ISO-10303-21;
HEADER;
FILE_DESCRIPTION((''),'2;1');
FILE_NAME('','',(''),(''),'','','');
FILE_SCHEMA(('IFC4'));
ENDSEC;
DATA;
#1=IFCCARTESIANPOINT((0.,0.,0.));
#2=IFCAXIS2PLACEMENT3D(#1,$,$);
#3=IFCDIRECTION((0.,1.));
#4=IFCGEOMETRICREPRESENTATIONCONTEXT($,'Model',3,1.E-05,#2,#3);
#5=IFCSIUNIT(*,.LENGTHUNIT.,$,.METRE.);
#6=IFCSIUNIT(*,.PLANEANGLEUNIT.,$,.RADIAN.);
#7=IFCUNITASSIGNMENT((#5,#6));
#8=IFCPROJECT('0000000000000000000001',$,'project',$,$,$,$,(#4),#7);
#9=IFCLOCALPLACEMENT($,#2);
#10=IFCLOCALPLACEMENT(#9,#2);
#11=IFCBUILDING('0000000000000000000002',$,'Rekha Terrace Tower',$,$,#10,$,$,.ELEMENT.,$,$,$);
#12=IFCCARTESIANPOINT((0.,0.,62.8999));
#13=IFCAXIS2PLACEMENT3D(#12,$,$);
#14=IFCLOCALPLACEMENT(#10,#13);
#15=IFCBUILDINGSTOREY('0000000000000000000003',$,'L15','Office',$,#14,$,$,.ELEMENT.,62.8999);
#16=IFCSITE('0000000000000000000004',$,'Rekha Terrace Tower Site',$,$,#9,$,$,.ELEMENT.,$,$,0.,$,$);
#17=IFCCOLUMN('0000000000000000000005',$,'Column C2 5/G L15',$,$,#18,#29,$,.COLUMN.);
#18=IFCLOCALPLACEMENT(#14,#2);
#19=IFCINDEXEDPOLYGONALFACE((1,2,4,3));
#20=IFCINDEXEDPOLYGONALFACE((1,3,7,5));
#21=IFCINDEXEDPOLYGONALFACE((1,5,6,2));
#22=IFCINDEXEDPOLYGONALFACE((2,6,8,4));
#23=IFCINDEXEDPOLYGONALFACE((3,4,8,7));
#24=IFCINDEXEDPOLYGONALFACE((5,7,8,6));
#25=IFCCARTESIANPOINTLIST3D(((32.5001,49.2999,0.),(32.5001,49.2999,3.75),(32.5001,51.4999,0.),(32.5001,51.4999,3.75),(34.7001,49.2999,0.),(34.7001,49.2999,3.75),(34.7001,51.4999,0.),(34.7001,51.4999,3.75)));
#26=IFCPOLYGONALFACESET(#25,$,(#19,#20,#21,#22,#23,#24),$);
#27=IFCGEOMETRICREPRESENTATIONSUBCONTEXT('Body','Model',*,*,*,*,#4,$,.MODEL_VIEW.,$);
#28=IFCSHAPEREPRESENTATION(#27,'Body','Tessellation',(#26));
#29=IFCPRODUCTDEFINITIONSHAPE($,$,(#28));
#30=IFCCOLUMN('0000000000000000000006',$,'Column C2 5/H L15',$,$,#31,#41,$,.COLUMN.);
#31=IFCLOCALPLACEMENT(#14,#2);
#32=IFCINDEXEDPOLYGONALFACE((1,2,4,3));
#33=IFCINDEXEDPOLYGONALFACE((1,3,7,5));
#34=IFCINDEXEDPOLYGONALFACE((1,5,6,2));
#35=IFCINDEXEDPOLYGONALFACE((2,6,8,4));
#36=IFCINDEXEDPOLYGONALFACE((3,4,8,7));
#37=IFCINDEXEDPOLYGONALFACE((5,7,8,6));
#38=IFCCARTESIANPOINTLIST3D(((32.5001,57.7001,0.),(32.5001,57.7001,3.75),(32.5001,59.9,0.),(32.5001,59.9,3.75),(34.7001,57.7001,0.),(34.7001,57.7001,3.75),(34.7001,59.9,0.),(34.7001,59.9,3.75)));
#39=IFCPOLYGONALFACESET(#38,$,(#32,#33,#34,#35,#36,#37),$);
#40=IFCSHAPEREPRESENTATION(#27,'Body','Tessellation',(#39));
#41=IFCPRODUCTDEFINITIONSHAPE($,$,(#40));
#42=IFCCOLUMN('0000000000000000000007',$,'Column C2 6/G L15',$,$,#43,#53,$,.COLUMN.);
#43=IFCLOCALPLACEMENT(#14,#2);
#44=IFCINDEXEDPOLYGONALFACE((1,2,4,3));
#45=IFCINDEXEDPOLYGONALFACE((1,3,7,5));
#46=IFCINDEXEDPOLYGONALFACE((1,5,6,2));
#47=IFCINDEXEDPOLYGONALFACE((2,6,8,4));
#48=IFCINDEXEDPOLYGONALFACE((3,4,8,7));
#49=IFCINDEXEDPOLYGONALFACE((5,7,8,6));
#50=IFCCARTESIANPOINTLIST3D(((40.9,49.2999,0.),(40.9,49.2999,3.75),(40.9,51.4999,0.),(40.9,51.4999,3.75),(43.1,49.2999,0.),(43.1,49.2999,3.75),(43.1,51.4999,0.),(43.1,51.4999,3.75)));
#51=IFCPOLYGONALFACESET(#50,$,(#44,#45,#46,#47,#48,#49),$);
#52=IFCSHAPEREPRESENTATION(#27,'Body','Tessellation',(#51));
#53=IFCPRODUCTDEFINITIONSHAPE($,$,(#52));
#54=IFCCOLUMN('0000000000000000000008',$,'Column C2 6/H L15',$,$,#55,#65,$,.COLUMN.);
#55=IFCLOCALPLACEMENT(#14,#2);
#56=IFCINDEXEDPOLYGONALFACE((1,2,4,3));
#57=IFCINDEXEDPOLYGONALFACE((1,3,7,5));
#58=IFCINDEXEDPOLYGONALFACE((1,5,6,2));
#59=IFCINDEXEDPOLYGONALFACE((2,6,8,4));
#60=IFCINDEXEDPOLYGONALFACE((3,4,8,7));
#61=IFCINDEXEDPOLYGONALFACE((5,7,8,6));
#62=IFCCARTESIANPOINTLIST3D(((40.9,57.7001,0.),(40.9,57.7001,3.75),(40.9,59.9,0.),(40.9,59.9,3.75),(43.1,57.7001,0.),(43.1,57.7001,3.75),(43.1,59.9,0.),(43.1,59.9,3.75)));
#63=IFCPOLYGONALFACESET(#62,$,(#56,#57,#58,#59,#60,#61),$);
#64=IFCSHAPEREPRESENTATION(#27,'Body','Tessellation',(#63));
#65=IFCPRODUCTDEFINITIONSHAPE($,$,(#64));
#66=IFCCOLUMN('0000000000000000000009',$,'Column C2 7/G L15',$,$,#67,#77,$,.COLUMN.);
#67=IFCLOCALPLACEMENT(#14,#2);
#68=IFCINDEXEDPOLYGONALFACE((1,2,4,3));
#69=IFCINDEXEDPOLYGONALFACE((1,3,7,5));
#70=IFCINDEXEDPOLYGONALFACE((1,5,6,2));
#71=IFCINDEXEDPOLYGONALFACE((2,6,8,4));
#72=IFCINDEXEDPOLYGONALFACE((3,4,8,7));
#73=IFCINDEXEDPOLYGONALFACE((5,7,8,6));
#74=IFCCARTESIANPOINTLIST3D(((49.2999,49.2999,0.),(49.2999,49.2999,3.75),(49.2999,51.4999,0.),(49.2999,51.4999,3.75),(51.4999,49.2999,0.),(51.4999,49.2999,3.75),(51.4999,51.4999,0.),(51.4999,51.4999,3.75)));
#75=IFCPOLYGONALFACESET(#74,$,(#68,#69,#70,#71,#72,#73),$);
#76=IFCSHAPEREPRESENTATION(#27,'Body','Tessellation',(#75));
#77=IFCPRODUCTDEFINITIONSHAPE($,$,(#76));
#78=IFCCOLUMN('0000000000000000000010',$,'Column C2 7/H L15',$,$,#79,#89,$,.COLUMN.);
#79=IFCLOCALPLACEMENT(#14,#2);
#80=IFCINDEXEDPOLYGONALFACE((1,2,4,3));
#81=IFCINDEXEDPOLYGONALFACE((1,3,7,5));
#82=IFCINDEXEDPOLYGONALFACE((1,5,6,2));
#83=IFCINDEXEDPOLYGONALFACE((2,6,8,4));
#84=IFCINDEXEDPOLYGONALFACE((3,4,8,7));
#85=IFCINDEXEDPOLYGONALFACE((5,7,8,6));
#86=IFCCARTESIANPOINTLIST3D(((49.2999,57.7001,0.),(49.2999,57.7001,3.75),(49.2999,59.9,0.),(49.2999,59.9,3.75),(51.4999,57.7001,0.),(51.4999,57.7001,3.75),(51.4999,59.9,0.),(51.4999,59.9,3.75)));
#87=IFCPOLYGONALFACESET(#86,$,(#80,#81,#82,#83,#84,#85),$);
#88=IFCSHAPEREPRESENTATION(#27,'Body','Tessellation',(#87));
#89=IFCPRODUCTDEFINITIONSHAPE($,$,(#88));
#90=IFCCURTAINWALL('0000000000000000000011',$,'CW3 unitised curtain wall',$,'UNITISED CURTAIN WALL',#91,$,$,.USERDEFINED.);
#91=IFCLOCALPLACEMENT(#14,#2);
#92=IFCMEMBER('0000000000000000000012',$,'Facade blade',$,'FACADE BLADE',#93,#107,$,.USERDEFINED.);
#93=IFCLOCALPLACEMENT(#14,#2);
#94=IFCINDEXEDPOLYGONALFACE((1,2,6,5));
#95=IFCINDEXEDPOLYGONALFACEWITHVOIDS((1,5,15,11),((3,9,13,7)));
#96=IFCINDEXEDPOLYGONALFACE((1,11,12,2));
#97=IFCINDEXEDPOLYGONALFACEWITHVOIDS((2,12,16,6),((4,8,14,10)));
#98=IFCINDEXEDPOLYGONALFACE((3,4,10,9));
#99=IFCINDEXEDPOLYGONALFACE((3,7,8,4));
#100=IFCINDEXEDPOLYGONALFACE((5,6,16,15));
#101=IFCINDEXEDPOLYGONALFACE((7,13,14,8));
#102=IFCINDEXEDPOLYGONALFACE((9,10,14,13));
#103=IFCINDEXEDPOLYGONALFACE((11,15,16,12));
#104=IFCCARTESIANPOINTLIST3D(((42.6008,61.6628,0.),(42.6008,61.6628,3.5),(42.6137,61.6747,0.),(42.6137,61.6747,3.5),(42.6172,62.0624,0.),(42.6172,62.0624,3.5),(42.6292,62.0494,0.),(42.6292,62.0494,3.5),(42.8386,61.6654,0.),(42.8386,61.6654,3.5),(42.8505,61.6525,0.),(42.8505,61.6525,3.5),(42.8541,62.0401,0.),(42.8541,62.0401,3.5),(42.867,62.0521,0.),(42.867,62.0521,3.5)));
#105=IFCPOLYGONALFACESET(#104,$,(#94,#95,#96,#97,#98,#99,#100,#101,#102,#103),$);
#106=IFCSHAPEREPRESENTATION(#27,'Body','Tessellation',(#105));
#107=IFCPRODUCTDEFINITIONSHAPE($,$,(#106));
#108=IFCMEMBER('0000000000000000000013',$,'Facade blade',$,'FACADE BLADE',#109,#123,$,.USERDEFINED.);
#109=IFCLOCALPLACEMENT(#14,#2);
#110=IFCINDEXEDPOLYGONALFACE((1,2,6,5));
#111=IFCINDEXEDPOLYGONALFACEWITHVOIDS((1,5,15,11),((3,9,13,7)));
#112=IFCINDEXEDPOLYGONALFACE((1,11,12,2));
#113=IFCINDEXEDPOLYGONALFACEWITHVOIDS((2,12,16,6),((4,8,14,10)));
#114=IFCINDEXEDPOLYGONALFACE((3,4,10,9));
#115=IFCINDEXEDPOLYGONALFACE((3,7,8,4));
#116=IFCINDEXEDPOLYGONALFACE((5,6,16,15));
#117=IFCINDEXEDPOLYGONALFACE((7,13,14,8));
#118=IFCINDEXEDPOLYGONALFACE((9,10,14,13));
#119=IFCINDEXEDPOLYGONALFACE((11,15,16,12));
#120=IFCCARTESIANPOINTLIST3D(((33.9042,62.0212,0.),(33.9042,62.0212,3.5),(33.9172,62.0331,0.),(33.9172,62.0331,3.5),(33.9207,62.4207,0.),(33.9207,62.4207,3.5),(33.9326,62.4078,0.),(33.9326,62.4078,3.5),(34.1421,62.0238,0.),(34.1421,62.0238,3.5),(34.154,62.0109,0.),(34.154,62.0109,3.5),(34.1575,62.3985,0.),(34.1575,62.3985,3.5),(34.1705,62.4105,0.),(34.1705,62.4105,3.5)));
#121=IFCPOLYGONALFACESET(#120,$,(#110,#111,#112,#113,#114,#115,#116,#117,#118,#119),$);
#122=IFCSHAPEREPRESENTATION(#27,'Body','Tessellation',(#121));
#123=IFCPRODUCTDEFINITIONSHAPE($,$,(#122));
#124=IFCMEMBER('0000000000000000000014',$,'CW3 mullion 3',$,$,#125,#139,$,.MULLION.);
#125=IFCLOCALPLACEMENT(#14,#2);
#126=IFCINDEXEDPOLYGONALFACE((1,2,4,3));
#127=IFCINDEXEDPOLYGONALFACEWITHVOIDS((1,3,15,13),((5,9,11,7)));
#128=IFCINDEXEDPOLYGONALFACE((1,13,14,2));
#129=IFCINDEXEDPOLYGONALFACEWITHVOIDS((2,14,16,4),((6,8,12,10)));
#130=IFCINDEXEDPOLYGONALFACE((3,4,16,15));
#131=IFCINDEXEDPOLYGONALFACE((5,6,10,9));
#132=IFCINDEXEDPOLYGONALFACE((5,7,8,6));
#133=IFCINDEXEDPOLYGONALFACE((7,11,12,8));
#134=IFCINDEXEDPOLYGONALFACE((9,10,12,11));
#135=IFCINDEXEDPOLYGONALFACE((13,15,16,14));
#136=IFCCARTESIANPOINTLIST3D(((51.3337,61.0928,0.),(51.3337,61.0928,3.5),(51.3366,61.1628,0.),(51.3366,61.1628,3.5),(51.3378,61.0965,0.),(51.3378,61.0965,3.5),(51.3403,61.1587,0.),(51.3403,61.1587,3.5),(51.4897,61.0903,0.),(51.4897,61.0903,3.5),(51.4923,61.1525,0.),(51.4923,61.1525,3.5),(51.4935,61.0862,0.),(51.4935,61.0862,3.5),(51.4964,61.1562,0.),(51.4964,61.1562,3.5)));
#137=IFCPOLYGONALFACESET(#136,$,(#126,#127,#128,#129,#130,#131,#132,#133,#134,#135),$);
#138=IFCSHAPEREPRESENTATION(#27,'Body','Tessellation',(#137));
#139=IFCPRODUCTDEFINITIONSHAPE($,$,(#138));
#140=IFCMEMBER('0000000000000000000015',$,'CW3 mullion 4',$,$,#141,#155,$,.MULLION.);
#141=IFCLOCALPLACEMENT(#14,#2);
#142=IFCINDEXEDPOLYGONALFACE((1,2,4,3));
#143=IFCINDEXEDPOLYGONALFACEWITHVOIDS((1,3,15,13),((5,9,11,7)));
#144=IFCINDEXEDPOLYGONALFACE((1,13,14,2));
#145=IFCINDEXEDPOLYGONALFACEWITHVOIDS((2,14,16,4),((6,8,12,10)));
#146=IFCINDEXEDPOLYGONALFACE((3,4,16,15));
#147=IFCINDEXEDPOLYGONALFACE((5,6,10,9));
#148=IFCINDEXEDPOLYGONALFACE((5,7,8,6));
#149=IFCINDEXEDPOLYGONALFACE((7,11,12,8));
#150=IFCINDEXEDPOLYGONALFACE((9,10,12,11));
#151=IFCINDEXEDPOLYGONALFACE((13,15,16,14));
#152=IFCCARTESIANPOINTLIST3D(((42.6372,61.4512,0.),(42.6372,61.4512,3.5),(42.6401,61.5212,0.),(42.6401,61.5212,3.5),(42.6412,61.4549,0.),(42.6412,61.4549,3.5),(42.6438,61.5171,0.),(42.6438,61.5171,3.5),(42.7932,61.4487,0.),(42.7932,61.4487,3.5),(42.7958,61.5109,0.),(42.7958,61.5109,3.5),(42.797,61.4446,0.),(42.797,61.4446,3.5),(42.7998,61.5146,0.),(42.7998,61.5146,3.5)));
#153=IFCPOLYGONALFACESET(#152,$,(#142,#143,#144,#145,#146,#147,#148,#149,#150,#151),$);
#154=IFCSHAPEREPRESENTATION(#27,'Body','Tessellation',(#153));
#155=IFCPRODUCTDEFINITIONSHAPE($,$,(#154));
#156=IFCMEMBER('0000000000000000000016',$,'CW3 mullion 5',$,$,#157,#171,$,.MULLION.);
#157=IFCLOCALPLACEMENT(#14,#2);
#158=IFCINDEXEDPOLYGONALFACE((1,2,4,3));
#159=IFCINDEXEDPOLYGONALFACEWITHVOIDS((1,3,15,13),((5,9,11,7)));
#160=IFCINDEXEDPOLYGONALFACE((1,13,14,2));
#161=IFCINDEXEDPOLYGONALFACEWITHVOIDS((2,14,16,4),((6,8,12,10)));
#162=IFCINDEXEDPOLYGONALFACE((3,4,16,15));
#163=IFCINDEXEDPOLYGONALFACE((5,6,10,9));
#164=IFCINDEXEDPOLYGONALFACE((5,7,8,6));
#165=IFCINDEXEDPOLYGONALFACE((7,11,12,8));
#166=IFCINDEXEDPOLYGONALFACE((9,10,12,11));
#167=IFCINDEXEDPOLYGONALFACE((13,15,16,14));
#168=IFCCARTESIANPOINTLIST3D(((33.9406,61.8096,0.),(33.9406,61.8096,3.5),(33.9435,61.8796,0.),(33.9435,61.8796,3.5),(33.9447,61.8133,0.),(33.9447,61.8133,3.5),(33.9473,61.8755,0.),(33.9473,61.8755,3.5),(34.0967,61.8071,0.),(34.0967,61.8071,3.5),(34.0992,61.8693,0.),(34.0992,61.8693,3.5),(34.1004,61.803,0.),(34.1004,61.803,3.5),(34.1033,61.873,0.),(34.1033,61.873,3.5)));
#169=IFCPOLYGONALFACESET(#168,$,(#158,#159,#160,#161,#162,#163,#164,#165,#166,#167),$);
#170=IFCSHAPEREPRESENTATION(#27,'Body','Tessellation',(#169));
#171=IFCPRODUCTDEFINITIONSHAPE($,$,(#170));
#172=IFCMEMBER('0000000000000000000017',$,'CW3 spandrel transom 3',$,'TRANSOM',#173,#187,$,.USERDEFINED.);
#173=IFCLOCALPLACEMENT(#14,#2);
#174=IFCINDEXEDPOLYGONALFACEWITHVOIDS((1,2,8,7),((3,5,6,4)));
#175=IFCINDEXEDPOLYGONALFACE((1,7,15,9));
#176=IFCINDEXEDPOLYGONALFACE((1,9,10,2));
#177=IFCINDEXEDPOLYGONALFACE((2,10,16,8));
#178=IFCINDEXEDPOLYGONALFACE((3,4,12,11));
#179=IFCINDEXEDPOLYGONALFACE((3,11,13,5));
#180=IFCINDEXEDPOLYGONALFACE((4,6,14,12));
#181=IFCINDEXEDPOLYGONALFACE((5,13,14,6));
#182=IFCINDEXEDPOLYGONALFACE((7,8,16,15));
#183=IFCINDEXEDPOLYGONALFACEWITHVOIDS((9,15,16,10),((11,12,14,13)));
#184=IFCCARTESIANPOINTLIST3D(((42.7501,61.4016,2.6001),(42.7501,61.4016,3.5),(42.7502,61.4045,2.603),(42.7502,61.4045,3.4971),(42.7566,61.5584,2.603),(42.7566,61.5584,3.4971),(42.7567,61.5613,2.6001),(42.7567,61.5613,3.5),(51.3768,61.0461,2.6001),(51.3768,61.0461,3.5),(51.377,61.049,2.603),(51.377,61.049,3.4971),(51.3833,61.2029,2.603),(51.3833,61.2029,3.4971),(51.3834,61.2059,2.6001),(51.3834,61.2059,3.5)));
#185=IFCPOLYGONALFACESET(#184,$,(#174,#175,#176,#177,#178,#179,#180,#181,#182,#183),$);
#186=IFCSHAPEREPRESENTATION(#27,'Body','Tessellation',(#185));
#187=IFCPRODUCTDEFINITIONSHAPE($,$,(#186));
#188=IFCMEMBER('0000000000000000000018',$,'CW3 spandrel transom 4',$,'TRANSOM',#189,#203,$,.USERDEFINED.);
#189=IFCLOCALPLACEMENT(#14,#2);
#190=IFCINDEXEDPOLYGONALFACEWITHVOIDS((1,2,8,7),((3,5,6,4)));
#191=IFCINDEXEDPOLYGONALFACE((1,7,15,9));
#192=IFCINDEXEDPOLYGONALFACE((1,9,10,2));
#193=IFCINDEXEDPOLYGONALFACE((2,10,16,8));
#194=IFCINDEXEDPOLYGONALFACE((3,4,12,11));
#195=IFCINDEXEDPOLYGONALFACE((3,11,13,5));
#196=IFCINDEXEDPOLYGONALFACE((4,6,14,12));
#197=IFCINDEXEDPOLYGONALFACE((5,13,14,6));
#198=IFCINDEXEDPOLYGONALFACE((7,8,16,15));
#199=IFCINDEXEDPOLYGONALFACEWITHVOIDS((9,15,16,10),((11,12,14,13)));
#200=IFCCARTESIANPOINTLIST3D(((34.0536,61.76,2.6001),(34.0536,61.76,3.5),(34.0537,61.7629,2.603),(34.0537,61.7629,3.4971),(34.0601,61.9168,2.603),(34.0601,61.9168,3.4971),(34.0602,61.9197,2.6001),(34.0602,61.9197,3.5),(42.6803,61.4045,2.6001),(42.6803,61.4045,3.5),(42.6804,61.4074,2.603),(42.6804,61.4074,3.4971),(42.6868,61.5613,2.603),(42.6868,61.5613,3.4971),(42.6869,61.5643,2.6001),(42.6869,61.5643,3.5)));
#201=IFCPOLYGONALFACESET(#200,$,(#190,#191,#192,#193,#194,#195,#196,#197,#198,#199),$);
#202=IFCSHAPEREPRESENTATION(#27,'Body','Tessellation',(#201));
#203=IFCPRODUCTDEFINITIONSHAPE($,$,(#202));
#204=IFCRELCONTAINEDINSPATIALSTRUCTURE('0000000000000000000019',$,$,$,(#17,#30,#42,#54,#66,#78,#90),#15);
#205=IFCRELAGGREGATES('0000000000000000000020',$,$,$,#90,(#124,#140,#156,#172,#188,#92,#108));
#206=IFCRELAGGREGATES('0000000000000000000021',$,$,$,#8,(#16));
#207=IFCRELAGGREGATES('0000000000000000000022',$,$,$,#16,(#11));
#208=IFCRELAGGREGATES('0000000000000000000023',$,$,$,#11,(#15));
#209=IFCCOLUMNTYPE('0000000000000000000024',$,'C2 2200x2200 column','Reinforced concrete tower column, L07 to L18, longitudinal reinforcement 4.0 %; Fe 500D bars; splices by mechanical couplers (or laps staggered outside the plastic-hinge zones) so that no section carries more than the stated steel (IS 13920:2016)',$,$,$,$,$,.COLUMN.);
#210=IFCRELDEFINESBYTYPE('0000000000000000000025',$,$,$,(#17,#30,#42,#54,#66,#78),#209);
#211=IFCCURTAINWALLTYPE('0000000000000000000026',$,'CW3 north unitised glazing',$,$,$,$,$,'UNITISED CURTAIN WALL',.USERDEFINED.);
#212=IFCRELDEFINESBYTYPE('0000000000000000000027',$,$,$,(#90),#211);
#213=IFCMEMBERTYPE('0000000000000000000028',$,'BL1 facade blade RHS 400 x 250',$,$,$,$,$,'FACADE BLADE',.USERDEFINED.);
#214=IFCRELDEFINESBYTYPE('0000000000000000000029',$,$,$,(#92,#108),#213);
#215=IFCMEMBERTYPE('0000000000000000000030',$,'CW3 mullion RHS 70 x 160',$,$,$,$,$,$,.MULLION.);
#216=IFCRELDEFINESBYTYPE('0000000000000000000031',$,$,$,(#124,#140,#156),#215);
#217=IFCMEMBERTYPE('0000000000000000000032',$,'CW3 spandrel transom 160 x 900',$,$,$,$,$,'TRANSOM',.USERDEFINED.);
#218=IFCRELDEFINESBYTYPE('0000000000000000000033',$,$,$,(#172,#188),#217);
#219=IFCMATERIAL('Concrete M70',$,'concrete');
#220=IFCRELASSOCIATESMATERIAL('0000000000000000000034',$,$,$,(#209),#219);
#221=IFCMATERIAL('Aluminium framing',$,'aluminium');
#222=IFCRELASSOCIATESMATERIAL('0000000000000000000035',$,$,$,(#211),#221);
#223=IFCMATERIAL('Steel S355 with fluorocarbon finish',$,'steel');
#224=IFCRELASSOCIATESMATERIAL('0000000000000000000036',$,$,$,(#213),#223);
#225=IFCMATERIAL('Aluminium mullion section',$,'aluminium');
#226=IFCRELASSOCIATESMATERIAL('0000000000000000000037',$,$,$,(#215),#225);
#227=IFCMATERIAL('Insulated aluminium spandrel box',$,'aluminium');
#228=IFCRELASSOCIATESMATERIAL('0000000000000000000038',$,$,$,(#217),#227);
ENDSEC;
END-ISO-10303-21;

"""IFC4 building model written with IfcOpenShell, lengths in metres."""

from ifc_helpers import new_model, si_unit, direction, frame, origin, origin_2d, place, context, subcontext, project, spatial, rectangle, hollow_rectangle, extrude, material, material_profile, profile_set, type_object, element, aggregate, save


model = new_model("IFC4")

# Units and contexts
model_context = context("Model", 3, precision=1e-05, world=origin(), true_north=direction((0.0, 1.0)))
body_context = subcontext(model_context, "Body", "Model", "MODEL_VIEW")
ifc_project = project(units=[si_unit("LENGTHUNIT", "METRE"), si_unit("PLANEANGLEUNIT", "RADIAN")], contexts=[model_context])

# Site, building, storey
site_placement = place(None, origin())
site = spatial("IfcSite", under=ifc_project, at=site_placement, Name="Rekha Terrace Tower Site", CompositionType="ELEMENT", RefElevation=0.0)
building_placement = place(site_placement, origin())
building = spatial("IfcBuilding", under=site, at=building_placement, Name="Rekha Terrace Tower", CompositionType="ELEMENT")
storey_placement = place(building_placement, frame((0.0, 0.0, 62.8999)))
storey = spatial("IfcBuildingStorey", under=building, at=storey_placement, Name="L15", Description="Office", CompositionType="ELEMENT", Elevation=62.8999)

# Columns
ifc_material_1 = material(Name="Concrete M70", Category="concrete")
ifc_material_profile_1 = material_profile(ifc_material_1, rectangle(XDim=2.2, YDim=2.2, at=origin_2d()), Name="RC 2200x2200")
ifc_profile_set_1 = profile_set([ifc_material_profile_1], Name="Concrete M70")
column_type = type_object("IfcColumnType", Name="C2 2200x2200 column", Description="Reinforced concrete tower column, L07 to L18, longitudinal reinforcement 4.0 %; Fe 500D bars; splices by mechanical couplers (or laps staggered outside the plastic-hinge zones) so that no section carries more than the stated steel (IS 13920:2016)", PredefinedType="COLUMN", material=ifc_profile_set_1)
for number, where, z_axis, x_axis, name in (
    (1, (33.6001, 50.3999, 0.0), (0.0, 0.0, 1.0), (1.0, 0.0, 0.0), "Column C2 5/G L15"),
    (2, (33.6001, 58.8, 0.0), (0.0, 0.0, 1.0), (1.0, 0.0, 0.0), "Column C2 5/H L15"),
    (3, (42.0, 50.3999, 0.0), (0.0, 0.0, 1.0), (1.0, 0.0, 0.0), "Column C2 6/G L15"),
    (4, (42.0, 58.8, 0.0), (0.0, 0.0, 1.0), (1.0, 0.0, 0.0), "Column C2 6/H L15"),
    (5, (50.3999, 50.3999, 0.0), (0.0, 0.0, 1.0), (1.0, 0.0, 0.0), "Column C2 7/G L15"),
    (6, (50.3999, 58.8, 0.0), (0.0, 0.0, 1.0), (1.0, 0.0, 0.0), "Column C2 7/H L15"),
):
    element("IfcColumn", number, at=place(storey_placement, frame(where, z_axis=z_axis, x_axis=x_axis)), inside=storey, type_object=column_type, Name=name, PredefinedType="COLUMN", context=body_context, shape_type="SweptSolid", body=[
        extrude(rectangle(XDim=2.2, YDim=2.2, at=origin_2d()), origin(), (0.0, 0.0, 1.0), 3.75),
    ])

# Curtain wall, members
ifc_material_2 = material(Name="Aluminium framing", Category="aluminium")
curtain_wall_type = type_object("IfcCurtainWallType", Name="CW3 north unitised glazing", ElementType="UNITISED CURTAIN WALL", PredefinedType="USERDEFINED", material=ifc_material_2)
curtain_wall_placement = place(storey_placement, origin())
curtain_wall = element("IfcCurtainWall", 7, at=curtain_wall_placement, inside=storey, type_object=curtain_wall_type, Name="CW3 unitised curtain wall", ObjectType="UNITISED CURTAIN WALL", PredefinedType="USERDEFINED")
ifc_material_3 = material(Name="Steel S355 with fluorocarbon finish", Category="steel")
ifc_material_profile_2 = material_profile(ifc_material_3, hollow_rectangle(XDim=0.25, YDim=0.3999, WallThickness=0.0125, at=origin_2d()), Name="RHS400x250x12.5")
ifc_profile_set_2 = profile_set([ifc_material_profile_2], Name="Steel S355 with fluorocarbon finish")
member_type_1 = type_object("IfcMemberType", Name="BL1 facade blade RHS 400 x 250", ElementType="FACADE BLADE", PredefinedType="USERDEFINED", material=ifc_profile_set_2)
member_1_placement = place(storey_placement, frame((42.7339, 61.8574, 0.0), z_axis=(0.0, 0.0, 1.0), x_axis=(-0.999152, 0.041175, 0.0)))
member_1 = element("IfcMember", 8, at=member_1_placement, type_object=member_type_1, Name="Facade blade", ObjectType="FACADE BLADE", PredefinedType="USERDEFINED", context=body_context, shape_type="SweptSolid", body=[
    extrude(hollow_rectangle(XDim=0.25, YDim=0.3999, WallThickness=0.0125, at=origin_2d()), origin(), (0.0, 0.0, 1.0), 3.5),
])
member_2_placement = place(storey_placement, frame((34.0374, 62.2158, 0.0), z_axis=(0.0, 0.0, 1.0), x_axis=(-0.999152, 0.041175, 0.0)))
member_2 = element("IfcMember", 9, at=member_2_placement, type_object=member_type_1, Name="Facade blade", ObjectType="FACADE BLADE", PredefinedType="USERDEFINED", context=body_context, shape_type="SweptSolid", body=[
    extrude(hollow_rectangle(XDim=0.25, YDim=0.3999, WallThickness=0.0125, at=origin_2d()), origin(), (0.0, 0.0, 1.0), 3.5),
])
ifc_material_4 = material(Name="Aluminium mullion section", Category="aluminium")
ifc_material_profile_3 = material_profile(ifc_material_4, hollow_rectangle(XDim=0.0701, YDim=0.1599, WallThickness=0.0039, at=origin_2d()), Name="AL RHS 70x160")
ifc_profile_set_3 = profile_set([ifc_material_profile_3], Name="Aluminium mullion section")
member_type_2 = type_object("IfcMemberType", Name="CW3 mullion RHS 70 x 160", PredefinedType="MULLION", material=ifc_profile_set_3)
member_3_placement = place(storey_placement, frame((51.415, 61.1245, 0.0), z_axis=(0.0, 0.0, 1.0), x_axis=(-0.041174, -0.999152, 0.0)))
member_3 = element("IfcMember", 10, at=member_3_placement, type_object=member_type_2, Name="CW3 mullion 3", PredefinedType="MULLION", context=body_context, shape_type="SweptSolid", body=[
    extrude(hollow_rectangle(XDim=0.0701, YDim=0.1599, WallThickness=0.0039, at=origin_2d()), origin(), (0.0, 0.0, 1.0), 3.5),
])
member_4_placement = place(storey_placement, frame((42.7185, 61.4829, 0.0), z_axis=(0.0, 0.0, 1.0), x_axis=(-0.041174, -0.999152, 0.0)))
member_4 = element("IfcMember", 11, at=member_4_placement, type_object=member_type_2, Name="CW3 mullion 4", PredefinedType="MULLION", context=body_context, shape_type="SweptSolid", body=[
    extrude(hollow_rectangle(XDim=0.0701, YDim=0.1599, WallThickness=0.0039, at=origin_2d()), origin(), (0.0, 0.0, 1.0), 3.5),
])
member_5_placement = place(storey_placement, frame((34.022, 61.8413, 0.0), z_axis=(0.0, 0.0, 1.0), x_axis=(-0.041174, -0.999152, 0.0)))
member_5 = element("IfcMember", 12, at=member_5_placement, type_object=member_type_2, Name="CW3 mullion 5", PredefinedType="MULLION", context=body_context, shape_type="SweptSolid", body=[
    extrude(hollow_rectangle(XDim=0.0701, YDim=0.1599, WallThickness=0.0039, at=origin_2d()), origin(), (0.0, 0.0, 1.0), 3.5),
])
ifc_material_5 = material(Name="Insulated aluminium spandrel box", Category="aluminium")
ifc_material_profile_4 = material_profile(ifc_material_5, hollow_rectangle(XDim=0.1599, YDim=0.8999, WallThickness=0.0029, at=origin_2d()), Name="AL SPANDREL BOX 160x900")
ifc_profile_set_4 = profile_set([ifc_material_profile_4], Name="Insulated aluminium spandrel box")
member_type_3 = type_object("IfcMemberType", Name="CW3 spandrel transom 160 x 900", ElementType="TRANSOM", PredefinedType="USERDEFINED", material=ifc_profile_set_4)
member_6_placement = place(storey_placement, frame((51.3801, 61.126, 3.05), z_axis=(-0.999152, 0.041171, 0.0), x_axis=(-0.041171, -0.999152, 0.0)))
member_6 = element("IfcMember", 13, at=member_6_placement, type_object=member_type_3, Name="CW3 spandrel transom 3", ObjectType="TRANSOM", PredefinedType="USERDEFINED", context=body_context, shape_type="SweptSolid", body=[
    extrude(hollow_rectangle(XDim=0.1599, YDim=0.8999, WallThickness=0.0029, at=origin_2d()), origin(), (0.0, 0.0, 1.0), 8.634),
])
member_7_placement = place(storey_placement, frame((42.6836, 61.4844, 3.05), z_axis=(-0.999152, 0.041171, 0.0), x_axis=(-0.041171, -0.999152, 0.0)))
member_7 = element("IfcMember", 14, at=member_7_placement, type_object=member_type_3, Name="CW3 spandrel transom 4", ObjectType="TRANSOM", PredefinedType="USERDEFINED", context=body_context, shape_type="SweptSolid", body=[
    extrude(hollow_rectangle(XDim=0.1599, YDim=0.8999, WallThickness=0.0029, at=origin_2d()), origin(), (0.0, 0.0, 1.0), 8.634),
])
aggregate(curtain_wall, [member_3, member_4, member_5, member_6, member_7, member_1, member_2])

save(model, "model.ifc")
